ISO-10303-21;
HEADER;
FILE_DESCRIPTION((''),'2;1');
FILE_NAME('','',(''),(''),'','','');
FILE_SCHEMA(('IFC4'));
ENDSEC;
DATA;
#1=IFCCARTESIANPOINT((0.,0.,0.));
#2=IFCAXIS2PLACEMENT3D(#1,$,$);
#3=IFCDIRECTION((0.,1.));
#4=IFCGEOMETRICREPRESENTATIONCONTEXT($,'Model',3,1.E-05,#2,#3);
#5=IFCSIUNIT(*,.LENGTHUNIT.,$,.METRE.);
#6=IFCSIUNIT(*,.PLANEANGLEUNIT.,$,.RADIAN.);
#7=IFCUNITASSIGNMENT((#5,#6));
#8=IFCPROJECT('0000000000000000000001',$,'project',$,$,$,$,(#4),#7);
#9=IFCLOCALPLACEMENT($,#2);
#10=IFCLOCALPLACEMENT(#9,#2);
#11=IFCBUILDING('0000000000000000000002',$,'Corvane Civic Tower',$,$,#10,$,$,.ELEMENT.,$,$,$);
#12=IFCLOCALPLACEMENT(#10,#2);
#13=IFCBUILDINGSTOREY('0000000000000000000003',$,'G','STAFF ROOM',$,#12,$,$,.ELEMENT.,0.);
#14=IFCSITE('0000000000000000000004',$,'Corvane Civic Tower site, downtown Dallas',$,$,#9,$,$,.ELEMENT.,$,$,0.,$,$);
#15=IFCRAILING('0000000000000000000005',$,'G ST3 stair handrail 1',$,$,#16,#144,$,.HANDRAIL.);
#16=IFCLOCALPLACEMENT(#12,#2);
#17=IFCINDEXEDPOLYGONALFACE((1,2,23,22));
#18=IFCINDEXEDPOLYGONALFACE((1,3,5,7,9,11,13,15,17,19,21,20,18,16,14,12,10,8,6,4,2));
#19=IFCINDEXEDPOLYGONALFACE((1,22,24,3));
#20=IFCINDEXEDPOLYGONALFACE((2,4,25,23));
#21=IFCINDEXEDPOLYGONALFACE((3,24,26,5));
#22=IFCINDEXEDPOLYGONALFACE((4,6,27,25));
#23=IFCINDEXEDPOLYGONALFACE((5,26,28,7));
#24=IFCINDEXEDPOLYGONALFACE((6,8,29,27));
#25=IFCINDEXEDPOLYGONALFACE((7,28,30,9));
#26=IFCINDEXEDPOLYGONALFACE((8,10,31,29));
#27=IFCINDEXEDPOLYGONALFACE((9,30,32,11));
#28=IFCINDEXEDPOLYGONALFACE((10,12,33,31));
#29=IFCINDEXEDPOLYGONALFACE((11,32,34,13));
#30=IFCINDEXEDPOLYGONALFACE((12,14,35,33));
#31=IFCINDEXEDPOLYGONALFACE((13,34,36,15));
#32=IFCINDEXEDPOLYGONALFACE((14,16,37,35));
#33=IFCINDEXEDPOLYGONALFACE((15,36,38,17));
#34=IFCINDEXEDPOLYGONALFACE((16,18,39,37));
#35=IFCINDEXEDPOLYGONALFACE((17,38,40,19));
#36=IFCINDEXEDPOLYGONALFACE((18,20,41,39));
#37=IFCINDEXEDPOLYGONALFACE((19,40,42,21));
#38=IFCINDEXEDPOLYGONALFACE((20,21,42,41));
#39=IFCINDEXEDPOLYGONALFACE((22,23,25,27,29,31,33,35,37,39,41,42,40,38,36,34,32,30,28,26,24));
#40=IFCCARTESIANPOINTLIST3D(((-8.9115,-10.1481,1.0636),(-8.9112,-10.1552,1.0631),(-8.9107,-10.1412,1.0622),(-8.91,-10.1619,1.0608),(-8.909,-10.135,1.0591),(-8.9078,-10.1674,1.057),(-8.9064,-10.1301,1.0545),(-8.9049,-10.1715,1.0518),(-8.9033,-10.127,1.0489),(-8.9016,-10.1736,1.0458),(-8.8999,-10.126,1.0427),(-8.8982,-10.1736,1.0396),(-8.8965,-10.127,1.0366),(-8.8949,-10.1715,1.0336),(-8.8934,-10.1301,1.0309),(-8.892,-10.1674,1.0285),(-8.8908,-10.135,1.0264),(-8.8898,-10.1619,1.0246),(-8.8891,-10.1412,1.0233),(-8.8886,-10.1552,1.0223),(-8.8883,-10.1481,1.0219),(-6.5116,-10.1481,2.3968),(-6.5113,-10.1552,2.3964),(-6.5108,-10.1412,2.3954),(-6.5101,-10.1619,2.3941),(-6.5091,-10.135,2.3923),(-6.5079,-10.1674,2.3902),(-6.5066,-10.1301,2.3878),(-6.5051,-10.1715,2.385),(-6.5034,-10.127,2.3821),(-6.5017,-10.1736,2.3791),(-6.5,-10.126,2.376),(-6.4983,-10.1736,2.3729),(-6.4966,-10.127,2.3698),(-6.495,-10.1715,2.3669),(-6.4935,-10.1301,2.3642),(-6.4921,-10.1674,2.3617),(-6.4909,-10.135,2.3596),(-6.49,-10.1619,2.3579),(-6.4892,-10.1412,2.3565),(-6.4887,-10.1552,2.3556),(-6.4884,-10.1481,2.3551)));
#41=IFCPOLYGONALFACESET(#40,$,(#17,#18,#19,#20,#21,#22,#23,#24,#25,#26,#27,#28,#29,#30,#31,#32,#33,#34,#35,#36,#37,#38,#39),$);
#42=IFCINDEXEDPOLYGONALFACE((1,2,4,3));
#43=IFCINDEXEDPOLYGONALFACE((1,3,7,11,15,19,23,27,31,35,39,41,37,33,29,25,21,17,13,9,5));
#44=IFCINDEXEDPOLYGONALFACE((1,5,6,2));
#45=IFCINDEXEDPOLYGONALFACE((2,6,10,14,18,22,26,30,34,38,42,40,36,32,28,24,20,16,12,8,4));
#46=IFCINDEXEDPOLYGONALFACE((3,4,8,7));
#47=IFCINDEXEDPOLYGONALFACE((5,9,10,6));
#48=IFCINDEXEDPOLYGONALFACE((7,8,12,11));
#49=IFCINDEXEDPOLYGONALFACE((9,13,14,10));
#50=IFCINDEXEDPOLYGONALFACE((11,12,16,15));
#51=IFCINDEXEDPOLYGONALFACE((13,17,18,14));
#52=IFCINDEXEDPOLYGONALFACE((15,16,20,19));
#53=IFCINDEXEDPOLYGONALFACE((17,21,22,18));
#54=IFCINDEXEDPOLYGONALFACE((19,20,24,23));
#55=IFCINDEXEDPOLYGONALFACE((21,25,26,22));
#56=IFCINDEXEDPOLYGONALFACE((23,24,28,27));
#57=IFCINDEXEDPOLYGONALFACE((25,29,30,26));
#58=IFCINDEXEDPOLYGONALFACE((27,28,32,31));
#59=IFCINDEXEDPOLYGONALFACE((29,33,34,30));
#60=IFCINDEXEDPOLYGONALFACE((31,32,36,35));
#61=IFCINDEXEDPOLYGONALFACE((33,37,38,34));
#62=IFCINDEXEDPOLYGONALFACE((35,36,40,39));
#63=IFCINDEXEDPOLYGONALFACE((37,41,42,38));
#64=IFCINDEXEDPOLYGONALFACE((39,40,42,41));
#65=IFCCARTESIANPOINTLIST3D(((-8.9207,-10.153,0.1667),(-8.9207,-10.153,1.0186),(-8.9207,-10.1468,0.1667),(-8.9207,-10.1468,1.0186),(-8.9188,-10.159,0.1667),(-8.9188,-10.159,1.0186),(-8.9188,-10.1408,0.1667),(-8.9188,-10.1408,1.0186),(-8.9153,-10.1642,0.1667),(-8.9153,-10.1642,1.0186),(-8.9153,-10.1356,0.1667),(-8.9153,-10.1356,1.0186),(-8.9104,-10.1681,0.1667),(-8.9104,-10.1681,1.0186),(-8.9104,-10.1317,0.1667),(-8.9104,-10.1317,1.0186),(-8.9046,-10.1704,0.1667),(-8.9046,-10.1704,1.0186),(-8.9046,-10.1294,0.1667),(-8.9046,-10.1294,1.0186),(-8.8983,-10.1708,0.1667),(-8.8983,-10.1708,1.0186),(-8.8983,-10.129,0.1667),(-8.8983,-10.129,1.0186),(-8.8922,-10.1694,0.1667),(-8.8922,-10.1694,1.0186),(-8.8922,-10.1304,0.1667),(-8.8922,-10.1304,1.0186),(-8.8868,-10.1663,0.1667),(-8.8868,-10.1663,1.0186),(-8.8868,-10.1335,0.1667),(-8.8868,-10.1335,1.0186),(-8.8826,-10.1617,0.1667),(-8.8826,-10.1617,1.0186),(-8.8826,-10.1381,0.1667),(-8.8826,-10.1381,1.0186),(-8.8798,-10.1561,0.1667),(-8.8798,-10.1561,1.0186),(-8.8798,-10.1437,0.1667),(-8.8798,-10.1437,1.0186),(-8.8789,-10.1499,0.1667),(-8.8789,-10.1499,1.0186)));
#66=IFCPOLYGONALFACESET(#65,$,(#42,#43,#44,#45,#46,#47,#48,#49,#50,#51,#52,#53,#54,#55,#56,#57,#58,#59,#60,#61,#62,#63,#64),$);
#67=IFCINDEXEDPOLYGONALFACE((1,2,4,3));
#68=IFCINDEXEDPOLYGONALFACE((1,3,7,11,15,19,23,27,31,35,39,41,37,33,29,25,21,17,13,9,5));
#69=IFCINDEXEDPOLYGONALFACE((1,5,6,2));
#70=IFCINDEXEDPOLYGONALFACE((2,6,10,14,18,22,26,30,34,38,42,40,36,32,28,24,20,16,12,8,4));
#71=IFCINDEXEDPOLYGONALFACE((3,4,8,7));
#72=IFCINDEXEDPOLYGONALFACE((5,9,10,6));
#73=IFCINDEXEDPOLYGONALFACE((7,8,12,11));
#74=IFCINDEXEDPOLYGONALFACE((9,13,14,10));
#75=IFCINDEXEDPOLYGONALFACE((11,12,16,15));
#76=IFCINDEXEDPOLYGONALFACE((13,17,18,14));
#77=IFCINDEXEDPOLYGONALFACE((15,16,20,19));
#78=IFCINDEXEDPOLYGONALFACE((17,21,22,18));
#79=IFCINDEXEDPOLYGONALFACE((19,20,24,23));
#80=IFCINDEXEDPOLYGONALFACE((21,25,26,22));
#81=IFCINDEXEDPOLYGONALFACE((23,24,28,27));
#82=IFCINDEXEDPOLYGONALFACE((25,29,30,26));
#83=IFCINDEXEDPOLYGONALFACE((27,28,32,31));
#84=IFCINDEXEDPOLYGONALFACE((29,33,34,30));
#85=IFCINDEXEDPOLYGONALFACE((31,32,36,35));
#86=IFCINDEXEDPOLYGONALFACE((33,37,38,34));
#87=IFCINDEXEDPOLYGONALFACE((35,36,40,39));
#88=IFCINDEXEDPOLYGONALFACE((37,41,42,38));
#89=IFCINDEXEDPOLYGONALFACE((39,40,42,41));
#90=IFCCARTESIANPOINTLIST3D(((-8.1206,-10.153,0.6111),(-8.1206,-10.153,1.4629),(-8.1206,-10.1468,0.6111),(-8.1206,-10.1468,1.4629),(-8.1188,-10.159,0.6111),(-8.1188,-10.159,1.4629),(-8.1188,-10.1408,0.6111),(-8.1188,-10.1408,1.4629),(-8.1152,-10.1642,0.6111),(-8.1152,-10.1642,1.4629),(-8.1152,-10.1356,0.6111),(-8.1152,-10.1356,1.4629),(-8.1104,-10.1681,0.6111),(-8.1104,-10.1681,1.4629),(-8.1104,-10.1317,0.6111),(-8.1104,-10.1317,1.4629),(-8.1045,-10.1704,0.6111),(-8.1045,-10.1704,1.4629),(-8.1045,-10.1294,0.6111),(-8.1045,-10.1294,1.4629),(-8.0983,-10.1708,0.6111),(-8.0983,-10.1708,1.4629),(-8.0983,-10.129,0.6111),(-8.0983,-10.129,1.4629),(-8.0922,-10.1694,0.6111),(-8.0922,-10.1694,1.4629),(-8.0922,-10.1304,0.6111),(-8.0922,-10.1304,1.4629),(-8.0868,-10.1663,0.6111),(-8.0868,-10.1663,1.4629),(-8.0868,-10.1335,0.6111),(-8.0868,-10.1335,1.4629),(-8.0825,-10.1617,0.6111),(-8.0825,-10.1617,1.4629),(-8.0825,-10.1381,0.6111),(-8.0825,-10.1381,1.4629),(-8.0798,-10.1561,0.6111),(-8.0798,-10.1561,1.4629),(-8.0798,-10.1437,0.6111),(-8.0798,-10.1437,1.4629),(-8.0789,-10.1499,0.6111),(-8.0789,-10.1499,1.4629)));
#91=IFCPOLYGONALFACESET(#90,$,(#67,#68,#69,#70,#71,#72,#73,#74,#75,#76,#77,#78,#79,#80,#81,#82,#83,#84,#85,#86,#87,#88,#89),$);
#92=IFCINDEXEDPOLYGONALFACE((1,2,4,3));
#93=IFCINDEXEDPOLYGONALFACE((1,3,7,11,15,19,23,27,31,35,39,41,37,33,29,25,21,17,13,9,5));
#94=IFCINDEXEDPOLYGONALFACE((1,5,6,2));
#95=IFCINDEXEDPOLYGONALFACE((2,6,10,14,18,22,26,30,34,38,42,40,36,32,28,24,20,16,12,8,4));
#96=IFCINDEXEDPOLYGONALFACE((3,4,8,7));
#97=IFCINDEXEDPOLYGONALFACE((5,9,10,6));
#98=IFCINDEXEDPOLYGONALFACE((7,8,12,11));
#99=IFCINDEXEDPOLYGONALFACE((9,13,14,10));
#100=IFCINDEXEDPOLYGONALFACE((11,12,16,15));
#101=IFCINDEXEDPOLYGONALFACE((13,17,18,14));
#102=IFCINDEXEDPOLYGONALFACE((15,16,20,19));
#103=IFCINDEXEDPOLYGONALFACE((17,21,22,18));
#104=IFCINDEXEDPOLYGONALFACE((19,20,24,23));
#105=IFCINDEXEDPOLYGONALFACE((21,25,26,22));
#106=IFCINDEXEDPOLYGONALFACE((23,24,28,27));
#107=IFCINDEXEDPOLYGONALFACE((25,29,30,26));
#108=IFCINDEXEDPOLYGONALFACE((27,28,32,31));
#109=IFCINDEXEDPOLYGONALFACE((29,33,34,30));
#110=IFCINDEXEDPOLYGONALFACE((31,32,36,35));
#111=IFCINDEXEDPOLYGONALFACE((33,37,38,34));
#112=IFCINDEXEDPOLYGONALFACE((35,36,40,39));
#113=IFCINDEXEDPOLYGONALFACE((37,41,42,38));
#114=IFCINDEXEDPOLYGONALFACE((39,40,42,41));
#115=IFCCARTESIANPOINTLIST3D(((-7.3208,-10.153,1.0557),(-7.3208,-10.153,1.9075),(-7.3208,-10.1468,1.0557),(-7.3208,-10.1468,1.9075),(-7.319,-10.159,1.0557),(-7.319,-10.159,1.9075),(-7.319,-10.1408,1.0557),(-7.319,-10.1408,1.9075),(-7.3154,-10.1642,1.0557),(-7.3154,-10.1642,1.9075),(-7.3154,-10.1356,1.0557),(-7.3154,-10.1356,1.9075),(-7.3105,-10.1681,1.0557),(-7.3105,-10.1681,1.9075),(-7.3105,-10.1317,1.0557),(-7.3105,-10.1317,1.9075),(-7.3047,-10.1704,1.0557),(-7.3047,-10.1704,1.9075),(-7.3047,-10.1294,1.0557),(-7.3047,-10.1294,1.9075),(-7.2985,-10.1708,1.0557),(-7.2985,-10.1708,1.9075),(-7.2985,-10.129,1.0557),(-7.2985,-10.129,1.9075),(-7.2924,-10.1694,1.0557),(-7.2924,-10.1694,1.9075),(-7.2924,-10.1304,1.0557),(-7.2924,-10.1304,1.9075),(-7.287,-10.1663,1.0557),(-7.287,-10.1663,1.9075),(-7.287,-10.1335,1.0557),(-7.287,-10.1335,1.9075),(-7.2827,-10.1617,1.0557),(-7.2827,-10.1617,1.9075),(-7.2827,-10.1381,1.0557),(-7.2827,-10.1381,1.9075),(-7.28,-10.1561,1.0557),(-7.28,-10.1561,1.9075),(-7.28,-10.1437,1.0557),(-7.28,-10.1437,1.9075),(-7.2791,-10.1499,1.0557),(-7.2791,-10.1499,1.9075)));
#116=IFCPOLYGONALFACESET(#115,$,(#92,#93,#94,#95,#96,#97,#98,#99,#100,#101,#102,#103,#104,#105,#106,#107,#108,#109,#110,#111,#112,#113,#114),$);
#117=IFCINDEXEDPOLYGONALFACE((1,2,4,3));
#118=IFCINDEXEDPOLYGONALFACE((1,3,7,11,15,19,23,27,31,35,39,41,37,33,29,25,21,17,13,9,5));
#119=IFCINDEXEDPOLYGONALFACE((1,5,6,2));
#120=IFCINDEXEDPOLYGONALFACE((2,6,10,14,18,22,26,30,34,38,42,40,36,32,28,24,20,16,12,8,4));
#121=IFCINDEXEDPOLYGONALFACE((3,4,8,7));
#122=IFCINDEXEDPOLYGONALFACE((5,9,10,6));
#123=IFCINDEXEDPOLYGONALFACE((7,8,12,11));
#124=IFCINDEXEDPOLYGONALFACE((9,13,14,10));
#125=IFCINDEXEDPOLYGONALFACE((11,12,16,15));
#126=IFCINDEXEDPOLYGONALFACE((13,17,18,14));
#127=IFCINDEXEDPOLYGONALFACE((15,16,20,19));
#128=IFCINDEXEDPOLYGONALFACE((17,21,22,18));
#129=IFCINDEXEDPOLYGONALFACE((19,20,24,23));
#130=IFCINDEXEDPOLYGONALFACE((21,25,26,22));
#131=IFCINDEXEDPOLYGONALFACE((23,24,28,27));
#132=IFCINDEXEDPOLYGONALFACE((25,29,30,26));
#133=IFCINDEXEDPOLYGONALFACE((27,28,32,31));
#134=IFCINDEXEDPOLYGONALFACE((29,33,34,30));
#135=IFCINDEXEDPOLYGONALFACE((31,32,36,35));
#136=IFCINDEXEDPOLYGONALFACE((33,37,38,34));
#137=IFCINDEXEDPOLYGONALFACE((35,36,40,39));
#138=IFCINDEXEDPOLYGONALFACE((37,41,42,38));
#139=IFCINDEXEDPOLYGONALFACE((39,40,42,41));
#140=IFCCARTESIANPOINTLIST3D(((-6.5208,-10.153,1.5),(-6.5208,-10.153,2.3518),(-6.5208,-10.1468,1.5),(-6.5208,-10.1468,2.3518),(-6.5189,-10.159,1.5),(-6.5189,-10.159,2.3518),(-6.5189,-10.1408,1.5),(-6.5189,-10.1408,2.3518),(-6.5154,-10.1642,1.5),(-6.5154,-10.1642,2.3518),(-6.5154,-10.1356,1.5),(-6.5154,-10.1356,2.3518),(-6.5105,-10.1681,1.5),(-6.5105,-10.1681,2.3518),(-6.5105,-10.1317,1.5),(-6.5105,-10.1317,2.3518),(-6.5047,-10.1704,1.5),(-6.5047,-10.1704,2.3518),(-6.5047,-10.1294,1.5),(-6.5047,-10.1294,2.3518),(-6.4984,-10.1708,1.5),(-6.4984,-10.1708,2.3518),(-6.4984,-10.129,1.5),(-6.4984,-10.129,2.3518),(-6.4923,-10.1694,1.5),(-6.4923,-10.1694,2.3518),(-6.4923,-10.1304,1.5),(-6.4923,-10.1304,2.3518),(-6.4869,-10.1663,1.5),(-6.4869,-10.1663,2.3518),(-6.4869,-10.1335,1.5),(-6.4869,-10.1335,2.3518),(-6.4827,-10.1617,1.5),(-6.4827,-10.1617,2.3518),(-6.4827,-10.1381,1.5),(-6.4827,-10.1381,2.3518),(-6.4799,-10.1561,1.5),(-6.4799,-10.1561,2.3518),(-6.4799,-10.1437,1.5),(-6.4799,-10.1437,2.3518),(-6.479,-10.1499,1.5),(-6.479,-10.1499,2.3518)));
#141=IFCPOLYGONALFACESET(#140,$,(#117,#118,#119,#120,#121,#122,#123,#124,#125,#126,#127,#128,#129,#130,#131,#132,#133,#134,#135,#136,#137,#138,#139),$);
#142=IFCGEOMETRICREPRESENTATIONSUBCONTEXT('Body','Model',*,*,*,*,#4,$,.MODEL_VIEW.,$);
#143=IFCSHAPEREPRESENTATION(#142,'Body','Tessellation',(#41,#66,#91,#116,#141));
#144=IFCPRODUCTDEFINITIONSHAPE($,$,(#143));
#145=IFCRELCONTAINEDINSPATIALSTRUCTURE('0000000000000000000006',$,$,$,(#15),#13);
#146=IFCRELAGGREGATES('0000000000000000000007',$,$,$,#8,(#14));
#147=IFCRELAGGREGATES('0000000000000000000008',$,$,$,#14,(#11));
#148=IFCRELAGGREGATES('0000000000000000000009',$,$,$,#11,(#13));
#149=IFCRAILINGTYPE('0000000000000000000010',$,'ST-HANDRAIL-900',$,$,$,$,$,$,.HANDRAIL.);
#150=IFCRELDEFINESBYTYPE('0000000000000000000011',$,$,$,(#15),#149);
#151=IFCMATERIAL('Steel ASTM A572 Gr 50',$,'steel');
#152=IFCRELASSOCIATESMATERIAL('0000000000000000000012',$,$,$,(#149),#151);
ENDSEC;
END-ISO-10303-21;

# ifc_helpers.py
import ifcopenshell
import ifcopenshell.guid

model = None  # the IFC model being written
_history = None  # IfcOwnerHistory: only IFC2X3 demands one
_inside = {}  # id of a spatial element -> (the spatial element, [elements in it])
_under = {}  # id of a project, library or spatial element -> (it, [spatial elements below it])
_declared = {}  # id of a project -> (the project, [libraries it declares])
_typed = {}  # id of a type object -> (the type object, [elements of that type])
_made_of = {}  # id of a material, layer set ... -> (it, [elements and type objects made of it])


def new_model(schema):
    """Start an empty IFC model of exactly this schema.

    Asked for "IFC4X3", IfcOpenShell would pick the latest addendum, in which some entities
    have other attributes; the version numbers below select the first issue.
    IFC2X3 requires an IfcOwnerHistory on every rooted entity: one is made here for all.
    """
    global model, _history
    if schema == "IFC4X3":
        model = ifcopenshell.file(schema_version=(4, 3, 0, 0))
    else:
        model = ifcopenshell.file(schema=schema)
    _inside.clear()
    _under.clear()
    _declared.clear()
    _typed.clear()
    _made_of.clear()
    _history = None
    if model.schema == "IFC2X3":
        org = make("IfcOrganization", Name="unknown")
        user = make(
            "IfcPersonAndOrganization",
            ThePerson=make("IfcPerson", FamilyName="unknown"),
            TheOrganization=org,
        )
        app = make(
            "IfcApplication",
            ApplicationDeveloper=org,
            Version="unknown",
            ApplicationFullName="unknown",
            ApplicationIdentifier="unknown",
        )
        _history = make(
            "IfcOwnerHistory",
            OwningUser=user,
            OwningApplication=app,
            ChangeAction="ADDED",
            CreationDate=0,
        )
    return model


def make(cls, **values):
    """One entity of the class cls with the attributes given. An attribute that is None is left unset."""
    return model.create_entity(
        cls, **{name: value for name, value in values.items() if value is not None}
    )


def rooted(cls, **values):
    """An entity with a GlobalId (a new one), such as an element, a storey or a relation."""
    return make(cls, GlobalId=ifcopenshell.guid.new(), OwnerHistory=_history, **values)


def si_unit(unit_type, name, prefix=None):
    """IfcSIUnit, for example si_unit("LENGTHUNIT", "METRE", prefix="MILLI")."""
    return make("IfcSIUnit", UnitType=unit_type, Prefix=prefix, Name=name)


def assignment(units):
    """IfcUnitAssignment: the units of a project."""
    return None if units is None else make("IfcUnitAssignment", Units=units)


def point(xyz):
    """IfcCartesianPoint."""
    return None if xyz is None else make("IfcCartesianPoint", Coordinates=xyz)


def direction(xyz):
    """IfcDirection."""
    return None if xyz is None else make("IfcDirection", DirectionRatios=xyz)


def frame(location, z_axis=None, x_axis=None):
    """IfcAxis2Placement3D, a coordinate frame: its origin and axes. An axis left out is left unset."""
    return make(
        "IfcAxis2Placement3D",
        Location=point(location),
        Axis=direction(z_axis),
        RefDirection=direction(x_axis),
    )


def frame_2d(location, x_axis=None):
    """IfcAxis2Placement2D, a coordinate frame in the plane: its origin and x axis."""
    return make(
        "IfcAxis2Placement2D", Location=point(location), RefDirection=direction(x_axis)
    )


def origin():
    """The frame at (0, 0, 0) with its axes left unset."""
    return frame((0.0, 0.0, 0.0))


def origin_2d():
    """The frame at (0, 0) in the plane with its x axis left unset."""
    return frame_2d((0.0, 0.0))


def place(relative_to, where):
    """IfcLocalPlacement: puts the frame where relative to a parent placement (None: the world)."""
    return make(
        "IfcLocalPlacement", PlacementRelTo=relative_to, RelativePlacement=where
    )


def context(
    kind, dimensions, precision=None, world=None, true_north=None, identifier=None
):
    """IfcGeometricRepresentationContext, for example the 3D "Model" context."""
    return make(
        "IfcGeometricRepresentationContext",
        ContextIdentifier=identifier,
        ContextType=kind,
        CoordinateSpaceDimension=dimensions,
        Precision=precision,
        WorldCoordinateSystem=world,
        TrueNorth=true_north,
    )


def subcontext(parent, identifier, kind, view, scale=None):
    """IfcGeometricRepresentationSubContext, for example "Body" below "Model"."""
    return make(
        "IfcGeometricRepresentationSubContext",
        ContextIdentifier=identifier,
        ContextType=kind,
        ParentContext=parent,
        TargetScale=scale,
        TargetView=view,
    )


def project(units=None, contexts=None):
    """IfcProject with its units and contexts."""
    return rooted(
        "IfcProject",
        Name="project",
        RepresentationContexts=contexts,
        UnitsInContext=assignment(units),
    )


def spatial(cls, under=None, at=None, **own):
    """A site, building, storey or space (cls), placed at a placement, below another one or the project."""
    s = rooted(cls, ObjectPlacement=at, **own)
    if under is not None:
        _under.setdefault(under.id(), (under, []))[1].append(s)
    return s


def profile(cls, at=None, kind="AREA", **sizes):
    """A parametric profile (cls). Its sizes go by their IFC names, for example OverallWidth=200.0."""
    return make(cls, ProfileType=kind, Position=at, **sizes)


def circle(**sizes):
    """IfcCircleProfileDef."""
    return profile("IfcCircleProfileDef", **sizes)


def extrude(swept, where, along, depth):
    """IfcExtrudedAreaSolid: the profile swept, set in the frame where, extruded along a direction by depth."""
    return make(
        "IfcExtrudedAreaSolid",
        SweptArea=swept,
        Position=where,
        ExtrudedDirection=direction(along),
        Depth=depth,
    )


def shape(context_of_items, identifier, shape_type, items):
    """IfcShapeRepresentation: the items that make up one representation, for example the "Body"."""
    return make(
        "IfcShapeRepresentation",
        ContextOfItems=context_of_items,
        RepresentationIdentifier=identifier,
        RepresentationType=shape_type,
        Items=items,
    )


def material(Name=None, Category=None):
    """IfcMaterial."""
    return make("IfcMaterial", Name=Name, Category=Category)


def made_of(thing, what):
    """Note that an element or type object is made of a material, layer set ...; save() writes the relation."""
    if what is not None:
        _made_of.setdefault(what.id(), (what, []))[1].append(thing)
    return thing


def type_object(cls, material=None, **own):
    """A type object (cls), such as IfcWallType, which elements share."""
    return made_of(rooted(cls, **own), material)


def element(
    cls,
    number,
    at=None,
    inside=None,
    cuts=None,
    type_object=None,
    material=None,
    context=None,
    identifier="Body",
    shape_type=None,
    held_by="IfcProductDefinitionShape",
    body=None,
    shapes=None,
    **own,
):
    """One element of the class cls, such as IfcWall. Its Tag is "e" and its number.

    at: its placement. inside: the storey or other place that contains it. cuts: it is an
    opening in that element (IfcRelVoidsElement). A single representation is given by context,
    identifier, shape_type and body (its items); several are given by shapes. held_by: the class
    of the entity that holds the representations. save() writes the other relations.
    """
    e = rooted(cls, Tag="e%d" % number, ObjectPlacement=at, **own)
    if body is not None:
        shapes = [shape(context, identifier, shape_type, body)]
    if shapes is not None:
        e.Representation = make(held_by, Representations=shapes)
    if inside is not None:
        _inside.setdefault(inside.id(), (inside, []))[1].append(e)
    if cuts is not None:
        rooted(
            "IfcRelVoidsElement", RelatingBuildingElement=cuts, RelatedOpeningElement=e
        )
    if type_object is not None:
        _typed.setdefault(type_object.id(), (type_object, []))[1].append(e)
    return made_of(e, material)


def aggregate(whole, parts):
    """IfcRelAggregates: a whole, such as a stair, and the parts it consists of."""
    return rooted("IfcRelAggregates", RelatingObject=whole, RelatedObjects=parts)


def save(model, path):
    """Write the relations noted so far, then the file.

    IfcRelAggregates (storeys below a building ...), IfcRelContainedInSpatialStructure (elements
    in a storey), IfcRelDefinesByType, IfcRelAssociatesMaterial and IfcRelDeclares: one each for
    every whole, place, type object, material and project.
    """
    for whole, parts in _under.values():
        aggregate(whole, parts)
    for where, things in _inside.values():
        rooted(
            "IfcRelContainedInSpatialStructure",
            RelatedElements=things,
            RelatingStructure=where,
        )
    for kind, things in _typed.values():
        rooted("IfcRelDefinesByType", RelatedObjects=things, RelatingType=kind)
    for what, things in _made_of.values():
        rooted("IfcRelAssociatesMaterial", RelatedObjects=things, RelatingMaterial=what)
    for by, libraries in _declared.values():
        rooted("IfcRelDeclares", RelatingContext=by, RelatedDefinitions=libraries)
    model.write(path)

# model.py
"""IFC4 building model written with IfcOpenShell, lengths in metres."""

from ifc_helpers import new_model, si_unit, direction, frame, origin, origin_2d, place, context, subcontext, project, spatial, circle, extrude, material, type_object, element, save


model = new_model("IFC4")

# Units and contexts
model_context = context("Model", 3, precision=1e-05, world=origin(), true_north=direction((0.0, 1.0)))
body_context = subcontext(model_context, "Body", "Model", "MODEL_VIEW")
ifc_project = project(units=[si_unit("LENGTHUNIT", "METRE"), si_unit("PLANEANGLEUNIT", "RADIAN")], contexts=[model_context])

# Site, building, storey
site_placement = place(None, origin())
site = spatial("IfcSite", under=ifc_project, at=site_placement, Name="Corvane Civic Tower site, downtown Dallas", CompositionType="ELEMENT", RefElevation=0.0)
building_placement = place(site_placement, origin())
building = spatial("IfcBuilding", under=site, at=building_placement, Name="Corvane Civic Tower", CompositionType="ELEMENT")
storey_placement = place(building_placement, origin())
storey = spatial("IfcBuildingStorey", under=building, at=storey_placement, Name="G", Description="STAFF ROOM", CompositionType="ELEMENT", Elevation=0.0)

# Railing
ifc_material_1 = material(Name="Steel ASTM A572 Gr 50", Category="steel")
railing_type = type_object("IfcRailingType", Name="ST-HANDRAIL-900", PredefinedType="HANDRAIL", material=ifc_material_1)
for number, where, name in (
    (1, (-8.8999, -10.1499, 0.1667), "G ST3 stair handrail 1"),
):
    element("IfcRailing", number, at=place(storey_placement, frame(where)), inside=storey, type_object=railing_type, Name=name, PredefinedType="HANDRAIL", context=body_context, shape_type="SweptSolid", body=[
        extrude(circle(Radius=0.0239, at=origin_2d()), frame((0.0, 0.0, 0.876), z_axis=(0.874161, 0.0, 0.485635), x_axis=(0.0, 1.0, 0.0)), (0.0, 0.0, 1.0), 2.7454),
        extrude(circle(Radius=0.021, at=origin_2d()), origin(), (0.0, 0.0, 1.0), 0.8518),
        extrude(circle(Radius=0.021, at=origin_2d()), frame((0.8, 0.0, 0.4443)), (0.0, 0.0, 1.0), 0.8518),
        extrude(circle(Radius=0.021, at=origin_2d()), frame((1.5999, 0.0, 0.8889)), (0.0, 0.0, 1.0), 0.8518),
        extrude(circle(Radius=0.021, at=origin_2d()), frame((2.3999, 0.0, 1.3333)), (0.0, 0.0, 1.0), 0.8518),
    ])

save(model, "model.ifc")
